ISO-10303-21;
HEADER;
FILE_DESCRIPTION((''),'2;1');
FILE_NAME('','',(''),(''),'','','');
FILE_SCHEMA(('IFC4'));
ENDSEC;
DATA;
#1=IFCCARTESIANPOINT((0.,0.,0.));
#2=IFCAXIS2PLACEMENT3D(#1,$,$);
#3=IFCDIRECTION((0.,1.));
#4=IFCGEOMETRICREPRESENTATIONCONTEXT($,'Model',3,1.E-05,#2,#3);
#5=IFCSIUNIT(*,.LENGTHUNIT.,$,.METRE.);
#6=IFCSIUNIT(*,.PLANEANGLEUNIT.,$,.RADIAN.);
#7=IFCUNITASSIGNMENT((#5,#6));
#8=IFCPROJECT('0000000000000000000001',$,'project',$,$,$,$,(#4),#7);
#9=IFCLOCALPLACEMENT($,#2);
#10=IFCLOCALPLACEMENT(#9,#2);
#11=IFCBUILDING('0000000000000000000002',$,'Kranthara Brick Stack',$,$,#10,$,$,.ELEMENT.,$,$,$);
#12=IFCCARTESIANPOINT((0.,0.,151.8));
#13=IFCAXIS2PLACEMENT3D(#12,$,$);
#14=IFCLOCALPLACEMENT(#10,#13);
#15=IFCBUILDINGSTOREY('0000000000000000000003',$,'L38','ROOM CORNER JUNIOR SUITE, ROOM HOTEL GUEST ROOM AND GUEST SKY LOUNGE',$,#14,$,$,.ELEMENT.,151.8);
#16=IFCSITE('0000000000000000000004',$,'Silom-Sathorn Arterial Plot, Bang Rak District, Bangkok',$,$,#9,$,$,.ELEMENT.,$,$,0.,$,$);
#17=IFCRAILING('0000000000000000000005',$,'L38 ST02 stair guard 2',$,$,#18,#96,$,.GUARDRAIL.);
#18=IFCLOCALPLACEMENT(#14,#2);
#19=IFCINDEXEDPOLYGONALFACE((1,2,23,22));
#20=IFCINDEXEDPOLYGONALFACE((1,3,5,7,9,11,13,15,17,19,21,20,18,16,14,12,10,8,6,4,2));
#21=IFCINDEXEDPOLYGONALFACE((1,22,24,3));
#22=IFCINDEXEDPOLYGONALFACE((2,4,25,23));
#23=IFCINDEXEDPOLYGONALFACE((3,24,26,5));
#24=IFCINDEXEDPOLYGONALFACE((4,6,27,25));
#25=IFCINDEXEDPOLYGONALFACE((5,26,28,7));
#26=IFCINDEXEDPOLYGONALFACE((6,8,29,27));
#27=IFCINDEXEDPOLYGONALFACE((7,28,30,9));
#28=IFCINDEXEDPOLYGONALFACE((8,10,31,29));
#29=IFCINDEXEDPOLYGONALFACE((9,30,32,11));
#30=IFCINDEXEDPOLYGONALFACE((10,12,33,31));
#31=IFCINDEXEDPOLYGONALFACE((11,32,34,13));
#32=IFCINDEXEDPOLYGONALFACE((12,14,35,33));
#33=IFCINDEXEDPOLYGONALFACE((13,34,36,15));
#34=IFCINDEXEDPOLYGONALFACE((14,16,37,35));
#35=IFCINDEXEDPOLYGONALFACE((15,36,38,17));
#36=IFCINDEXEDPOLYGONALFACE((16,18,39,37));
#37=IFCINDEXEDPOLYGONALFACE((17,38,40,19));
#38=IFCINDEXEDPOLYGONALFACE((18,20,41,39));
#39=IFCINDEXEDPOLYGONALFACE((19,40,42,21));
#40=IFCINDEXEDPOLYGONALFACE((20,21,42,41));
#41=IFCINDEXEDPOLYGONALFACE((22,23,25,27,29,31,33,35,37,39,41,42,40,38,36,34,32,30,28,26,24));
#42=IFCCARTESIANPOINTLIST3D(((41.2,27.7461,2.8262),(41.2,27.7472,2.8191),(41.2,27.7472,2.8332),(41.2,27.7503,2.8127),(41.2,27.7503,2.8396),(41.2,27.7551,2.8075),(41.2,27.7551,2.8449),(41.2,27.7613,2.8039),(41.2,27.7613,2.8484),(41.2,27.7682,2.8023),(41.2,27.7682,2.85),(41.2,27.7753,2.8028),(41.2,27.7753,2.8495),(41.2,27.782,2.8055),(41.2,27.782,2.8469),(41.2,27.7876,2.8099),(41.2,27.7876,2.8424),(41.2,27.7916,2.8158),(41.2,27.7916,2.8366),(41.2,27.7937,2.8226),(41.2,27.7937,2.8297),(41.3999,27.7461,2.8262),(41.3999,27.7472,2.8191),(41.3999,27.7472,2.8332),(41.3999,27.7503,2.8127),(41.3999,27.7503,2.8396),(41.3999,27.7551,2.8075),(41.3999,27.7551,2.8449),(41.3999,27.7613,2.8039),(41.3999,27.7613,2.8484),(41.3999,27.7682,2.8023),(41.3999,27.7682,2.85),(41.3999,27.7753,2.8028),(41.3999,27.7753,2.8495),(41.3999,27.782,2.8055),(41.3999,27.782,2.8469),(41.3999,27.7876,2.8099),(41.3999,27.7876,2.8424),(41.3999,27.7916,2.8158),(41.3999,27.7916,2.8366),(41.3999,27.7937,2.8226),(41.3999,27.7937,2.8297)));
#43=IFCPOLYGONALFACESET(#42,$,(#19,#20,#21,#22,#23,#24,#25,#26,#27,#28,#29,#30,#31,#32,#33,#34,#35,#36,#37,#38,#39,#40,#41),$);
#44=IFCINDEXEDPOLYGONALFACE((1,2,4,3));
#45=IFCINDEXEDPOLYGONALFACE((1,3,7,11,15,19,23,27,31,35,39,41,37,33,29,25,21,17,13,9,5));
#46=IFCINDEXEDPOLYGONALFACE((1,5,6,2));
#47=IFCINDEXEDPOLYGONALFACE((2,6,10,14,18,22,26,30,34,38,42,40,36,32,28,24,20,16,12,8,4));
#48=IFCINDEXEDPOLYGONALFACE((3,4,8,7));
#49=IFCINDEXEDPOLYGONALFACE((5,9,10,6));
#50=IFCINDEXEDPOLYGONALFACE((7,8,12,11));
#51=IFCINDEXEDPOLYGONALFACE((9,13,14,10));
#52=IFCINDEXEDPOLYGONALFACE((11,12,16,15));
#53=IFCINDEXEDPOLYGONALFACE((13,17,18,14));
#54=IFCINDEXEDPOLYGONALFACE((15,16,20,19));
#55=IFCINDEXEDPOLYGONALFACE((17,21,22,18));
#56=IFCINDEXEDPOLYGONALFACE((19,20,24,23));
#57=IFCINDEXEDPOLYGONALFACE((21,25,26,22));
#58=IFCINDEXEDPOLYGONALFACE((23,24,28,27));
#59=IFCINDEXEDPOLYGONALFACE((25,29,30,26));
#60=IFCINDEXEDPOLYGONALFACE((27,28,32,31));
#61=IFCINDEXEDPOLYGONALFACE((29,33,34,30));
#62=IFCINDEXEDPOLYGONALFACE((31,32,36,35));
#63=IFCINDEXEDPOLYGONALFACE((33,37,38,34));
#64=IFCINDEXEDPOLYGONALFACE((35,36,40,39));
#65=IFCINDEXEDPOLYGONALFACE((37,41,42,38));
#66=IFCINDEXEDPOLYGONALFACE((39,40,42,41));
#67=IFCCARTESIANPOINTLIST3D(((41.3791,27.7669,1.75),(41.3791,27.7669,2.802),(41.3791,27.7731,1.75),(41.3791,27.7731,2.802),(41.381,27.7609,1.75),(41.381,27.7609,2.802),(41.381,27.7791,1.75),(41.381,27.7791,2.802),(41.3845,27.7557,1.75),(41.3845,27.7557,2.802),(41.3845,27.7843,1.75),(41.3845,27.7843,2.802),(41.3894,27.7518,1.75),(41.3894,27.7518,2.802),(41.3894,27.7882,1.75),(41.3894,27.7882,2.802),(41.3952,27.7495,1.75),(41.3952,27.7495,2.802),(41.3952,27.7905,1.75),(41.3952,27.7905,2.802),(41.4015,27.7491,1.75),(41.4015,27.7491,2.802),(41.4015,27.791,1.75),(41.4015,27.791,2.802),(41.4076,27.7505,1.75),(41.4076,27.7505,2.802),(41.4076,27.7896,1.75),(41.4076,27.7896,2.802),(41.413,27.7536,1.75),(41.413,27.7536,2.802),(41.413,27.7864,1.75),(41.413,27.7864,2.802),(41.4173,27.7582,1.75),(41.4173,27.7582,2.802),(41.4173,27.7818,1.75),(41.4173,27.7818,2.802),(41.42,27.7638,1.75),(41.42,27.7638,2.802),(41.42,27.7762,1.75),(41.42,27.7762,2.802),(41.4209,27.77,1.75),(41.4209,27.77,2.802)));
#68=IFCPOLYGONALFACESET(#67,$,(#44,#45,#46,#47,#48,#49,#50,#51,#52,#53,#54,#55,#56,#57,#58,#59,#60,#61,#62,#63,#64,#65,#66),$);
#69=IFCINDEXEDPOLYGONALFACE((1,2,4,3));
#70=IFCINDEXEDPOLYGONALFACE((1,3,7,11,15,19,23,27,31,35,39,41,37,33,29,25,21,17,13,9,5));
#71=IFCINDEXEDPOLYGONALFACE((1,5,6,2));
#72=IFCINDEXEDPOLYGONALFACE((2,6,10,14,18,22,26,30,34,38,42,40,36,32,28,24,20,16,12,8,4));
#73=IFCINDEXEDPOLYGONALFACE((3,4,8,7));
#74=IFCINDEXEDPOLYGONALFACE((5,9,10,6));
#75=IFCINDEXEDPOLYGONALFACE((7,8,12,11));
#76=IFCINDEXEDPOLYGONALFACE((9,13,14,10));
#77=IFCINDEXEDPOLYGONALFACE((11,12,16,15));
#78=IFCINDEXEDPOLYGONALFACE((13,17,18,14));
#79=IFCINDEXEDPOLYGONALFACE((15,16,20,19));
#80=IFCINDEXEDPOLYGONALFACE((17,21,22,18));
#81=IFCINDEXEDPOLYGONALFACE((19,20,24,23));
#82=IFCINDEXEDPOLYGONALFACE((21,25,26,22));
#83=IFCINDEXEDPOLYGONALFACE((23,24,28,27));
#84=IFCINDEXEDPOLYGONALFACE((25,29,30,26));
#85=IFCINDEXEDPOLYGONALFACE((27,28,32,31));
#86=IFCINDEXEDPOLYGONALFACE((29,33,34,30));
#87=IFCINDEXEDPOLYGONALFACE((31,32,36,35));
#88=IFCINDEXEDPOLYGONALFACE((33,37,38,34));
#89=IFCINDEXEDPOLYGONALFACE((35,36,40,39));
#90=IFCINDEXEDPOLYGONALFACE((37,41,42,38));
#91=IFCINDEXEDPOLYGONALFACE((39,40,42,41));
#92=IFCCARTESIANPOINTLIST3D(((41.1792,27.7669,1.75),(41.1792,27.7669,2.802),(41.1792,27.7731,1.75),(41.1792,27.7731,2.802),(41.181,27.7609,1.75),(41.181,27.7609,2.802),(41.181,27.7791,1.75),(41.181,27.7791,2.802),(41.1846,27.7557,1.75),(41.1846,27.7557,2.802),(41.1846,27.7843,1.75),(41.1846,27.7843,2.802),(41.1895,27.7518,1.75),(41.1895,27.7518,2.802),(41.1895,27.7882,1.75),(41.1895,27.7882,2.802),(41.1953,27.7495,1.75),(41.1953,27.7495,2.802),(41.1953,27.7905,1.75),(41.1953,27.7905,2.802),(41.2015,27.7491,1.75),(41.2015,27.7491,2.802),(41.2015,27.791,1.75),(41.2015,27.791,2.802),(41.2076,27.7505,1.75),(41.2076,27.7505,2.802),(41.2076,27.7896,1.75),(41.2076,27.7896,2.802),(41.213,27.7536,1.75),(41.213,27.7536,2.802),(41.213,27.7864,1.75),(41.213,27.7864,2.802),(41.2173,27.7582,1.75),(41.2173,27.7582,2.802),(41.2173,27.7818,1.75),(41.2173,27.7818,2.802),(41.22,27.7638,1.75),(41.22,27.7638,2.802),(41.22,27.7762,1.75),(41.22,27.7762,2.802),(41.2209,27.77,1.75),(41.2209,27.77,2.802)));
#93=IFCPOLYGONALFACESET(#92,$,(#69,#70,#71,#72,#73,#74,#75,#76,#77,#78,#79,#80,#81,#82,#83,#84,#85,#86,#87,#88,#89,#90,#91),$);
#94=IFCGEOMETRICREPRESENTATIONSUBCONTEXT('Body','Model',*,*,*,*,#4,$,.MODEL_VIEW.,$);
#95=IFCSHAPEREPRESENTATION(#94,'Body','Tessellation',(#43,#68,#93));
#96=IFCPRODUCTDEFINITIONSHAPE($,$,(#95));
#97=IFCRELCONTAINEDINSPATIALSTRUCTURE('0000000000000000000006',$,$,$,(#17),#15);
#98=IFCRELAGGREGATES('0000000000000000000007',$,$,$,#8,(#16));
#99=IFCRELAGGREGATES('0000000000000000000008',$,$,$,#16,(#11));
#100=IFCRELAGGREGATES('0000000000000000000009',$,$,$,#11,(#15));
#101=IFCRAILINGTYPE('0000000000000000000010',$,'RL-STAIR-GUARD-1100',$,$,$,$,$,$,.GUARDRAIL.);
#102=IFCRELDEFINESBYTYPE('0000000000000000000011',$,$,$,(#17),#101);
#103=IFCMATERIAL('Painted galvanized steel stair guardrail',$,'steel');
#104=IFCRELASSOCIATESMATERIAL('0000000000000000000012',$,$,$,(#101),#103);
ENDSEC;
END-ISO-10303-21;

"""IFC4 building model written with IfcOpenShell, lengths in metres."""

from ifc_helpers import new_model, si_unit, direction, frame, origin, origin_2d, place, context, subcontext, project, spatial, circle, extrude, material, type_object, element, save


model = new_model("IFC4")

# Units and contexts
model_context = context("Model", 3, precision=1e-05, world=origin(), true_north=direction((0.0, 1.0)))
body_context = subcontext(model_context, "Body", "Model", "MODEL_VIEW")
ifc_project = project(units=[si_unit("LENGTHUNIT", "METRE"), si_unit("PLANEANGLEUNIT", "RADIAN")], contexts=[model_context])

# Site, building, storey
site_placement = place(None, origin())
site = spatial("IfcSite", under=ifc_project, at=site_placement, Name="Silom-Sathorn Arterial Plot, Bang Rak District, Bangkok", CompositionType="ELEMENT", RefElevation=0.0)
building_placement = place(site_placement, origin())
building = spatial("IfcBuilding", under=site, at=building_placement, Name="Kranthara Brick Stack", CompositionType="ELEMENT")
storey_placement = place(building_placement, frame((0.0, 0.0, 151.8)))
storey = spatial("IfcBuildingStorey", under=building, at=storey_placement, Name="L38", Description="ROOM CORNER JUNIOR SUITE, ROOM HOTEL GUEST ROOM AND GUEST SKY LOUNGE", CompositionType="ELEMENT", Elevation=151.8)

# Railing
ifc_material_1 = material(Name="Painted galvanized steel stair guardrail", Category="steel")
railing_type_1 = type_object("IfcRailingType", Name="RL-STAIR-GUARD-1100", PredefinedType="GUARDRAIL", material=ifc_material_1)
railing_1_placement = place(storey_placement, frame((41.3999, 27.77, 1.75)))
element("IfcRailing", 1, at=railing_1_placement, inside=storey, type_object=railing_type_1, Name="L38 ST02 stair guard 2", PredefinedType="GUARDRAIL", context=body_context, shape_type="SweptSolid", body=[
    extrude(circle(Radius=0.0239, at=origin_2d()), frame((0.0, 0.0, 1.0762), z_axis=(-1.0, 0.0, 0.0), x_axis=(0.0, -1.0, 0.0)), (0.0, 0.0, 1.0), 0.2),
    extrude(circle(Radius=0.021, at=origin_2d()), origin(), (0.0, 0.0, 1.0), 1.052),
    extrude(circle(Radius=0.021, at=origin_2d()), frame((-0.2, 0.0, 0.0)), (0.0, 0.0, 1.0), 1.052),
])

save(model, "model.ifc")
